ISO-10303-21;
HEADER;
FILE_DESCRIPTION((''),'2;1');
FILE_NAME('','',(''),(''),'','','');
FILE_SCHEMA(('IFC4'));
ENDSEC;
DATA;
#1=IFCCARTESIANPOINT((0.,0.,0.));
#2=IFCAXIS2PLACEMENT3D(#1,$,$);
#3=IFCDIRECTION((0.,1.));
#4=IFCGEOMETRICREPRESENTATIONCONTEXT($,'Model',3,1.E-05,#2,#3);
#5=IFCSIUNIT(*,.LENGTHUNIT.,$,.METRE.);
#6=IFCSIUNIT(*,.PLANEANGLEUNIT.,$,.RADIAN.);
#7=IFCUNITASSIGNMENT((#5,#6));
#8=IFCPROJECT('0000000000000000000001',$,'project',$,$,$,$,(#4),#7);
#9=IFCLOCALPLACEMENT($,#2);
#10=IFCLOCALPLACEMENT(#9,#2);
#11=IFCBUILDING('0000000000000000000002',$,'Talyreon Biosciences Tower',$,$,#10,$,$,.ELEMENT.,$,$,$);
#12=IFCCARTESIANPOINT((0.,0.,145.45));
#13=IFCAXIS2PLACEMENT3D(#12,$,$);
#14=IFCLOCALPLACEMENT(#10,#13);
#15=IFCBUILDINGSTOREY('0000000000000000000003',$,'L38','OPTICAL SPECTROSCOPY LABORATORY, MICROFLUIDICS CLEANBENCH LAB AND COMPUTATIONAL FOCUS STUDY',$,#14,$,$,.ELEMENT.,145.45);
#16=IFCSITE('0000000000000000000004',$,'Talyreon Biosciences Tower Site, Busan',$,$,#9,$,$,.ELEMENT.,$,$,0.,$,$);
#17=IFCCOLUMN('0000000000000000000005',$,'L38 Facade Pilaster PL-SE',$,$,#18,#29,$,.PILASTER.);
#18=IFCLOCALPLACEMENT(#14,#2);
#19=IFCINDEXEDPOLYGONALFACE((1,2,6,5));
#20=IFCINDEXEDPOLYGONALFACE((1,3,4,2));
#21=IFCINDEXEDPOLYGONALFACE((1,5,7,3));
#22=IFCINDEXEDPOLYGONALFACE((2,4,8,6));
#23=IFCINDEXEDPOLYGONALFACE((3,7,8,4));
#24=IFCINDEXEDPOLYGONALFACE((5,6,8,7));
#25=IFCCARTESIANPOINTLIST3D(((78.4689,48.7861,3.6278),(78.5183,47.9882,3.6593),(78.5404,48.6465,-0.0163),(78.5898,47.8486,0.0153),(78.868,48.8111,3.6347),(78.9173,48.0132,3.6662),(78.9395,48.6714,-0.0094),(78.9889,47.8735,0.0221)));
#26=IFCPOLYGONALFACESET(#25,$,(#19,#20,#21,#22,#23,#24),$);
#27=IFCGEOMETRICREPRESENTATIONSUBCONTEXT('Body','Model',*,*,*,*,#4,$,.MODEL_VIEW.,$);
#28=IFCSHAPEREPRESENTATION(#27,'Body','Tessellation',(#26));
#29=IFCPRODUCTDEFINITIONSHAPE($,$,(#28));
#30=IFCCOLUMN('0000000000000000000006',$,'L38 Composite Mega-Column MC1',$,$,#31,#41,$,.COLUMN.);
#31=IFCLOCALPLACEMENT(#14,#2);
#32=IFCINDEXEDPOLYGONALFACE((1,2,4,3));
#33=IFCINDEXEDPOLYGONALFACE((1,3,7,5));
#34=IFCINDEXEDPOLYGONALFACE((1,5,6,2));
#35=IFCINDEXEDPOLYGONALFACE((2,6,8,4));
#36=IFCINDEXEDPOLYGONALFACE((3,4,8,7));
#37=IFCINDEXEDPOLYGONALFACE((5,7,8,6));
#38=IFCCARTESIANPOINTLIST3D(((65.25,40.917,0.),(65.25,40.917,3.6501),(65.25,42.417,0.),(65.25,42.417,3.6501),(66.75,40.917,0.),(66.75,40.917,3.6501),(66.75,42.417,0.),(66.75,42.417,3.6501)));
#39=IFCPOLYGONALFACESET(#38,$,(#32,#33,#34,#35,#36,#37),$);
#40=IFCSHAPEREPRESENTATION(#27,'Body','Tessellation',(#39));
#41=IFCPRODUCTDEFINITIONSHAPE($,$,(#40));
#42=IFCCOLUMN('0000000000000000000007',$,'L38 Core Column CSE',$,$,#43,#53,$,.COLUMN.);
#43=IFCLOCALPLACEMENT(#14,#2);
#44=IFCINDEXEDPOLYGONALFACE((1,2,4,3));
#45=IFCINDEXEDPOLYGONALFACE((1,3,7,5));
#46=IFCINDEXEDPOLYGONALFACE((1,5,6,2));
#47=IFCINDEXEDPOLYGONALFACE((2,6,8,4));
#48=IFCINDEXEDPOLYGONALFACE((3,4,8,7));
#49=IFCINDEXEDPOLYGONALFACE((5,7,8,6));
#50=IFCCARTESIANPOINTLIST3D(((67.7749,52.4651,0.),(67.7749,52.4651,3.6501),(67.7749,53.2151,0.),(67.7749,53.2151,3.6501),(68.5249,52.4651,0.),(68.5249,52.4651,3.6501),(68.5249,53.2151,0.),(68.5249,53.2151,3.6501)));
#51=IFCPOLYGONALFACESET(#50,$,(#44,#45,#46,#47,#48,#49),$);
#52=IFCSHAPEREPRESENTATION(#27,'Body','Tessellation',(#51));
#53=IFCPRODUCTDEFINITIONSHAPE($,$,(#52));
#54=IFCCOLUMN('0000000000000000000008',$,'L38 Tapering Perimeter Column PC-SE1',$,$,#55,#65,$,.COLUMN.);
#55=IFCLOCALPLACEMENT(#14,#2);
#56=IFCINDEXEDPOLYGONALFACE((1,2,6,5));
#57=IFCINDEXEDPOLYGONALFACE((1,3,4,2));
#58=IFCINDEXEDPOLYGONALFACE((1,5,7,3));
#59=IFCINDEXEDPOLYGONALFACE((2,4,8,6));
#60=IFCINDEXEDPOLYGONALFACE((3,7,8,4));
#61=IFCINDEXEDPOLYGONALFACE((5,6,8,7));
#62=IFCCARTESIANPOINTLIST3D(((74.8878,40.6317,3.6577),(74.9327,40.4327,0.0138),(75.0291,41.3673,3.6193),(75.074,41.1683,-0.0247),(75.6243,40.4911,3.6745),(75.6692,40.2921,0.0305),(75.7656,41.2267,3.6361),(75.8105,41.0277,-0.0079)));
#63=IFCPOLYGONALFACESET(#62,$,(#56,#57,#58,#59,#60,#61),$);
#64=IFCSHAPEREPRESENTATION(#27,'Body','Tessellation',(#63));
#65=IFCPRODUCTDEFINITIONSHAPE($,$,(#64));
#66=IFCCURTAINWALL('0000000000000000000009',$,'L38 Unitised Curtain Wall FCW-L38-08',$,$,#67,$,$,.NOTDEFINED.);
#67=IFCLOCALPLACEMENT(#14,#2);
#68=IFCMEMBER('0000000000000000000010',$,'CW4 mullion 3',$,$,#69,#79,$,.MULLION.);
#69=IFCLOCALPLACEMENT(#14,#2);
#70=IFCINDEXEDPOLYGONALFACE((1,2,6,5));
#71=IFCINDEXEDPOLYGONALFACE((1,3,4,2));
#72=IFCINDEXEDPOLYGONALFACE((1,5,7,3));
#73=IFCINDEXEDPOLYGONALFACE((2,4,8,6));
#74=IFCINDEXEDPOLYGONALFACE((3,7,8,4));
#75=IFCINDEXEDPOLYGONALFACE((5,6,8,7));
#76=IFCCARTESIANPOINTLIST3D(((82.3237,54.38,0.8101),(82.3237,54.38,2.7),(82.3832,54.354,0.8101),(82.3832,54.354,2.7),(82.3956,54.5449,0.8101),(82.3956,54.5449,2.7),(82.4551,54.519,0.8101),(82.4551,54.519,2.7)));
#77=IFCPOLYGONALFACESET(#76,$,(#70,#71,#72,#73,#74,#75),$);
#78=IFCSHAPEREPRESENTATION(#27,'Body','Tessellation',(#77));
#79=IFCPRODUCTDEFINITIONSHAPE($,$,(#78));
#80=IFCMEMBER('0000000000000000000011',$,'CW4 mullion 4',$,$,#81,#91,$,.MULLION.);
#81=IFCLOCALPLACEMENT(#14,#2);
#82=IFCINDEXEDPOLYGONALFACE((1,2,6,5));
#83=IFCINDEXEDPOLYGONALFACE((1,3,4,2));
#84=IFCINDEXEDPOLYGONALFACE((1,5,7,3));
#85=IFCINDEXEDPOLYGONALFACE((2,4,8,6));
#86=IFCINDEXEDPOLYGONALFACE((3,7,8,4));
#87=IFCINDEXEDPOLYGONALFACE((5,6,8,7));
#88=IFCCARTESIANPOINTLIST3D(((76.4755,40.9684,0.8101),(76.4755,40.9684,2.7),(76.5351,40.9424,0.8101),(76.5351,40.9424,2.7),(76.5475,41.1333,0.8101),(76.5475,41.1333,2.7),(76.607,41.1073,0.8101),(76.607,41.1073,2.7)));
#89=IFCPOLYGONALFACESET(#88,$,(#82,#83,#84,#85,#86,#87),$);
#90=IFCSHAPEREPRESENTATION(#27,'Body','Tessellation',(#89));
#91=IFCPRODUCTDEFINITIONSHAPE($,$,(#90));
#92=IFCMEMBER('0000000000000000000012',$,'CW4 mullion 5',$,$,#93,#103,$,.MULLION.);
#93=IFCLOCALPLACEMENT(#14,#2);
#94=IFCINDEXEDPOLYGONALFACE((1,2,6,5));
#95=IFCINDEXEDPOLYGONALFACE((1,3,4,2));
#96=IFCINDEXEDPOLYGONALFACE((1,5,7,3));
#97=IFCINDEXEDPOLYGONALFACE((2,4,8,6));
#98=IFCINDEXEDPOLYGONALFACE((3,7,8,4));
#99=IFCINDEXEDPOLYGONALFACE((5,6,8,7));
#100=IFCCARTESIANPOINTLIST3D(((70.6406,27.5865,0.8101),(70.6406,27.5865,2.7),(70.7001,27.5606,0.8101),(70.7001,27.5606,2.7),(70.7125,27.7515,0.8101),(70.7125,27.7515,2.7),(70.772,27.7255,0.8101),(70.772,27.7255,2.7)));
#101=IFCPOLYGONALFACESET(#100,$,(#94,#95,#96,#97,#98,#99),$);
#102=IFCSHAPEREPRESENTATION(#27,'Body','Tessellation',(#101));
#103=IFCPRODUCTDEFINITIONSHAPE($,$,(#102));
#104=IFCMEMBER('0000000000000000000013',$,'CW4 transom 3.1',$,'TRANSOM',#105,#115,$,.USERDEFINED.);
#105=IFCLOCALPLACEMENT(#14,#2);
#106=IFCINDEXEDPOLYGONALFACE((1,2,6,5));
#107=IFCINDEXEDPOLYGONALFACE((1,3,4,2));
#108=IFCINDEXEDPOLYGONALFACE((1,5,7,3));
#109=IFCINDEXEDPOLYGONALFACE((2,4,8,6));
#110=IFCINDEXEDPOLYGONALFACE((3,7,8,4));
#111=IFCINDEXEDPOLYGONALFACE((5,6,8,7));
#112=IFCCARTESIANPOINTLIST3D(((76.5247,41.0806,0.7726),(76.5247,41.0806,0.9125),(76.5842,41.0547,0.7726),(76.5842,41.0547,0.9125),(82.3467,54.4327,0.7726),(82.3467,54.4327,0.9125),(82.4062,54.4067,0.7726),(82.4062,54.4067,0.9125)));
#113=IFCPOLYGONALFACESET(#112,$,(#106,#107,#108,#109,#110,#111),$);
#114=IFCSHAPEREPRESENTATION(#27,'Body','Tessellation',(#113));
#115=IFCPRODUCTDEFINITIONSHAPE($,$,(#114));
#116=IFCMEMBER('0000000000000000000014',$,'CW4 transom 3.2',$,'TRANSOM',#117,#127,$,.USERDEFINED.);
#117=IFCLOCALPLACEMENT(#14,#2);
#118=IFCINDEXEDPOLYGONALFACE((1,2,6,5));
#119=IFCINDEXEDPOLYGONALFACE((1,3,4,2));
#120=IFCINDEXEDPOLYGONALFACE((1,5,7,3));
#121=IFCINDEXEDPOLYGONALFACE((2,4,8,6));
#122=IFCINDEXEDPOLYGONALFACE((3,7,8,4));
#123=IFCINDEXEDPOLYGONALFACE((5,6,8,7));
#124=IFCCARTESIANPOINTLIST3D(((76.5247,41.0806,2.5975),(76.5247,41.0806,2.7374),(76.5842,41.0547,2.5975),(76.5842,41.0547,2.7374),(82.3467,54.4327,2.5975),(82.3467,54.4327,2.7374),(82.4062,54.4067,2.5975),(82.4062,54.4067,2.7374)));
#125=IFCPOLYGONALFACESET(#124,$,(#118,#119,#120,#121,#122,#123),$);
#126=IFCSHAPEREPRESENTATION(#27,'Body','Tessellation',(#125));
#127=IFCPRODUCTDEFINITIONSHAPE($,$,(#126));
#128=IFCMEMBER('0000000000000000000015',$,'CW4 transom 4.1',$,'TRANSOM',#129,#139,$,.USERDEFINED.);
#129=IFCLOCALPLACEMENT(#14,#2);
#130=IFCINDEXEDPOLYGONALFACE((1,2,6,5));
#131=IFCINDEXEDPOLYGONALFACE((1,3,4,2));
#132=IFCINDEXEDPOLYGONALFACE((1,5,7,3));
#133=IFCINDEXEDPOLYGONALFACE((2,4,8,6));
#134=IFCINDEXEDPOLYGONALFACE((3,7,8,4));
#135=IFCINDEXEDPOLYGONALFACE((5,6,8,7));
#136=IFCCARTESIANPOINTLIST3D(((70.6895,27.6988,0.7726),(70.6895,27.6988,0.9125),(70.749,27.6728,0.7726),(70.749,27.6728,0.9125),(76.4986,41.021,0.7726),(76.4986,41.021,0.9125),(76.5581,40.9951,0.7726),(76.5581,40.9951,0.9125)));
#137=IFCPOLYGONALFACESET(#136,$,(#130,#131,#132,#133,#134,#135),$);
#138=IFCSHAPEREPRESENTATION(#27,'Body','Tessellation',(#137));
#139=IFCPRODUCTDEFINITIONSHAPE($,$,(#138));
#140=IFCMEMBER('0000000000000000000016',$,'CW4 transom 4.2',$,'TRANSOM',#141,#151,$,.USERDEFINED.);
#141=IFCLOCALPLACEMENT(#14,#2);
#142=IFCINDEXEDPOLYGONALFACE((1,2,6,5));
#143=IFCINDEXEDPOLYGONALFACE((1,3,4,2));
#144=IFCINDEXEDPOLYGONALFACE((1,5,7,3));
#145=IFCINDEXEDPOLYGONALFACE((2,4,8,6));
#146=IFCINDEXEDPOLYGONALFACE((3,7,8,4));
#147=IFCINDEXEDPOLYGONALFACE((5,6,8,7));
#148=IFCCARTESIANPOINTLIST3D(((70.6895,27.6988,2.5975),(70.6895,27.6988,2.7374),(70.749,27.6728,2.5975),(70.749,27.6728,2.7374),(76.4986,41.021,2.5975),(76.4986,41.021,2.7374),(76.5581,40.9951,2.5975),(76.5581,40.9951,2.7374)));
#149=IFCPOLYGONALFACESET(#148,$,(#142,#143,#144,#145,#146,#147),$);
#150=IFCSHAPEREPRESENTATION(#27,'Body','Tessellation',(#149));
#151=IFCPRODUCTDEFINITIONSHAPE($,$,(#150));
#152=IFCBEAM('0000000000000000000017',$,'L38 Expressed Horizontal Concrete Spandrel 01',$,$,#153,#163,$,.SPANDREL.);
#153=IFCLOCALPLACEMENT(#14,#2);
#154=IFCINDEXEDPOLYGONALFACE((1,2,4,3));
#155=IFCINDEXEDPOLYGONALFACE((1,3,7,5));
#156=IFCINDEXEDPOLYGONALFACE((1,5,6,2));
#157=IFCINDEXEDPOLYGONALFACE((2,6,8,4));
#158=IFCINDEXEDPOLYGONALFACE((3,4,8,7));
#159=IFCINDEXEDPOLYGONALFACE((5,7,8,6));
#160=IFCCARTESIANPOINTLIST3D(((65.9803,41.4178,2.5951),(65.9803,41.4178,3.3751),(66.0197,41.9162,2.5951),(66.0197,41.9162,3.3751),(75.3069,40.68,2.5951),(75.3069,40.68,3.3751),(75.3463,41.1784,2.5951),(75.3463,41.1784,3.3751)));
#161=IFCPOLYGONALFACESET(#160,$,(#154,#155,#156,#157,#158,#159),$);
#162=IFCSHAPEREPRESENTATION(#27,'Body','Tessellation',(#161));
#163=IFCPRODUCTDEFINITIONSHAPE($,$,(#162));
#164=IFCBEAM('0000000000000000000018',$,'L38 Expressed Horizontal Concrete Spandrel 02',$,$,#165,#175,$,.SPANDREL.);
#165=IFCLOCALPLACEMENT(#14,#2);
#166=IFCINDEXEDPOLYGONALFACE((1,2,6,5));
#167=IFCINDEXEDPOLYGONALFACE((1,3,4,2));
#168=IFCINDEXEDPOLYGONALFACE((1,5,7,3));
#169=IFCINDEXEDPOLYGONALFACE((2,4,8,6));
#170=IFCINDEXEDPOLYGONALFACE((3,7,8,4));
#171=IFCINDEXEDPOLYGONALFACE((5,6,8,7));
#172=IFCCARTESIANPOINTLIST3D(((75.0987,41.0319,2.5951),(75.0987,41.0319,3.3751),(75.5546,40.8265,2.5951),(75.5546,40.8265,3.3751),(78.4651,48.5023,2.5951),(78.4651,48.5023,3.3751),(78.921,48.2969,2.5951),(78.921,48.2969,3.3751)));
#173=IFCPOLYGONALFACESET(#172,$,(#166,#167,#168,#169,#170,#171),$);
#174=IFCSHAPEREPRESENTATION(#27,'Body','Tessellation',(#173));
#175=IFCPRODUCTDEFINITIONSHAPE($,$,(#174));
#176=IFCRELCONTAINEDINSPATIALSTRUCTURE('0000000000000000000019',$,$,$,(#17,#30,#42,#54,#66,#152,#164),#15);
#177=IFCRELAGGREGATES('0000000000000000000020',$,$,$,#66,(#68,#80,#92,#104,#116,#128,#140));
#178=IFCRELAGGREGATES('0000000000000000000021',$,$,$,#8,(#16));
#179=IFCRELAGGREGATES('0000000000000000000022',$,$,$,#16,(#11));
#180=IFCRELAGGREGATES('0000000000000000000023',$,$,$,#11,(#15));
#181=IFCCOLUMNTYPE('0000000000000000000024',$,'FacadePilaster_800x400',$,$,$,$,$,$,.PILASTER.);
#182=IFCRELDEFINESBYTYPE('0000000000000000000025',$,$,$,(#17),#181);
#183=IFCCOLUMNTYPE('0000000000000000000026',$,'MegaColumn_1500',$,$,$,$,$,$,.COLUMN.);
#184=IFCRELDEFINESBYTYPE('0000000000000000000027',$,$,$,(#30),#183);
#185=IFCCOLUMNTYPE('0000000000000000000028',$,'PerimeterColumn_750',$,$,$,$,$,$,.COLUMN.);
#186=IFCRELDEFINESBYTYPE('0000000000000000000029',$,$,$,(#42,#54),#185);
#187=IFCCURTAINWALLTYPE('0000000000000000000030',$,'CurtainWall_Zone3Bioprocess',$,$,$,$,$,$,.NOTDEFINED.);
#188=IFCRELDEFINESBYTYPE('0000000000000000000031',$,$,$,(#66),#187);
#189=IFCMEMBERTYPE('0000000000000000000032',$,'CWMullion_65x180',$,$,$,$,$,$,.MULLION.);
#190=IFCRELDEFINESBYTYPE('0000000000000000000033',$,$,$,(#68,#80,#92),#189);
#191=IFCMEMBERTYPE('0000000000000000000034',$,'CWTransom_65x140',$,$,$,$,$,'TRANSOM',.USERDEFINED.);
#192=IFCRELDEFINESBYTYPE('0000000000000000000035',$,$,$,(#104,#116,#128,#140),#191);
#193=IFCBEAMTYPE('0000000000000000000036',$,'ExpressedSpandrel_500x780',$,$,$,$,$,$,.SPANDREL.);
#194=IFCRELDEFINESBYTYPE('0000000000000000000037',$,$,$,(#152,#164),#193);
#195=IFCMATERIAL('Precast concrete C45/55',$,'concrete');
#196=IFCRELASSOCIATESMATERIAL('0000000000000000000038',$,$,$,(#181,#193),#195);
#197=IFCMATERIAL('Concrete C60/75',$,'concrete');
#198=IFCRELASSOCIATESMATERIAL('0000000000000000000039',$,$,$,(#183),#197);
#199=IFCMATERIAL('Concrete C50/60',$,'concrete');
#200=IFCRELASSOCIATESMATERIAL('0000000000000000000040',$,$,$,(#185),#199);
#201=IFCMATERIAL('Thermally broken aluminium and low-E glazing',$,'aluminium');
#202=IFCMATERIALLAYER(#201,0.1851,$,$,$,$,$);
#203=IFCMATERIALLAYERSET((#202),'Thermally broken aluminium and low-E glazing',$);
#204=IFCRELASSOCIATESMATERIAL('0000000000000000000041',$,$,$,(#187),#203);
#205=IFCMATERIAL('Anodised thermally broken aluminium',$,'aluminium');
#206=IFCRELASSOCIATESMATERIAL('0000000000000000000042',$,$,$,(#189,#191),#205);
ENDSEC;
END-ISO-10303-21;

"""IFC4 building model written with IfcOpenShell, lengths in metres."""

from ifc_helpers import new_model, si_unit, direction, frame, origin, origin_2d, place, context, subcontext, project, spatial, rectangle, extrude, material, layer, layer_set, material_profile, profile_set, type_object, element, aggregate, save


model = new_model("IFC4")

# Units and contexts
model_context = context("Model", 3, precision=1e-05, world=origin(), true_north=direction((0.0, 1.0)))
body_context = subcontext(model_context, "Body", "Model", "MODEL_VIEW")
ifc_project = project(units=[si_unit("LENGTHUNIT", "METRE"), si_unit("PLANEANGLEUNIT", "RADIAN")], contexts=[model_context])

# Site, building, storey
site_placement = place(None, origin())
site = spatial("IfcSite", under=ifc_project, at=site_placement, Name="Talyreon Biosciences Tower Site, Busan", CompositionType="ELEMENT", RefElevation=0.0)
building_placement = place(site_placement, origin())
building = spatial("IfcBuilding", under=site, at=building_placement, Name="Talyreon Biosciences Tower", CompositionType="ELEMENT")
storey_placement = place(building_placement, frame((0.0, 0.0, 145.45)))
storey = spatial("IfcBuildingStorey", under=building, at=storey_placement, Name="L38", Description="OPTICAL SPECTROSCOPY LABORATORY, MICROFLUIDICS CLEANBENCH LAB AND COMPUTATIONAL FOCUS STUDY", CompositionType="ELEMENT", Elevation=145.45)

# Columns
ifc_material_1 = material(Name="Precast concrete C45/55", Category="concrete")
ifc_material_profile_1 = material_profile(ifc_material_1, rectangle(XDim=0.8, YDim=0.3999, at=origin_2d()), Name="RC 800x400")
ifc_profile_set_1 = profile_set([ifc_material_profile_1], Name="Precast concrete C45/55")
column_type_1 = type_object("IfcColumnType", Name="FacadePilaster_800x400", PredefinedType="PILASTER", material=ifc_profile_set_1)
column_1_placement = place(storey_placement, frame((78.7646, 48.26, 0.0029), z_axis=(-0.019612, 0.038287, 0.999074), x_axis=(0.061711, -0.997315, 0.039431)))
element("IfcColumn", 1, at=column_1_placement, inside=storey, type_object=column_type_1, Name="L38 Facade Pilaster PL-SE", PredefinedType="PILASTER", context=body_context, shape_type="SweptSolid", body=[
    extrude(rectangle(XDim=0.8, YDim=0.3999, at=origin_2d()), origin(), (0.0, 0.0, 1.0), 3.6475),
])
ifc_material_2 = material(Name="Concrete C60/75", Category="concrete")
ifc_material_profile_2 = material_profile(ifc_material_2, rectangle(XDim=1.5, YDim=1.5, at=origin_2d()), Name="RC 1500x1500")
ifc_profile_set_2 = profile_set([ifc_material_profile_2], Name="Concrete C60/75")
column_type_2 = type_object("IfcColumnType", Name="MegaColumn_1500", PredefinedType="COLUMN", material=ifc_profile_set_2)
column_2_placement = place(storey_placement, frame((66.0, 41.667, 0.0), z_axis=(0.0, 0.0, 1.0), x_axis=(1.0, 0.0, 0.0)))
element("IfcColumn", 2, at=column_2_placement, inside=storey, type_object=column_type_2, Name="L38 Composite Mega-Column MC1", PredefinedType="COLUMN", context=body_context, shape_type="SweptSolid", body=[
    extrude(rectangle(XDim=1.5, YDim=1.5, at=origin_2d()), origin(), (0.0, 0.0, 1.0), 3.6501),
])
ifc_material_3 = material(Name="Concrete C50/60", Category="concrete")
ifc_material_profile_3 = material_profile(ifc_material_3, rectangle(XDim=0.75, YDim=0.75, at=origin_2d()), Name="RC 750x750")
ifc_profile_set_3 = profile_set([ifc_material_profile_3], Name="Concrete C50/60")
column_type_3 = type_object("IfcColumnType", Name="PerimeterColumn_750", PredefinedType="COLUMN", material=ifc_profile_set_3)
column_3_placement = place(storey_placement, frame((68.1499, 52.8401, 0.0), z_axis=(0.0, 0.0, 1.0), x_axis=(1.0, 0.0, 0.0)))
element("IfcColumn", 3, at=column_3_placement, inside=storey, type_object=column_type_3, Name="L38 Core Column CSE", PredefinedType="COLUMN", context=body_context, shape_type="SweptSolid", body=[
    extrude(rectangle(XDim=0.75, YDim=0.75, at=origin_2d()), origin(), (0.0, 0.0, 1.0), 3.6501),
])
column_4_placement = place(storey_placement, frame((75.3716, 40.7302, 0.0029), z_axis=(-0.012308, 0.054517, 0.998437), x_axis=(-0.188396, -0.980756, 0.051229)))
element("IfcColumn", 4, at=column_4_placement, inside=storey, type_object=column_type_3, Name="L38 Tapering Perimeter Column PC-SE1", PredefinedType="COLUMN", context=body_context, shape_type="SweptSolid", body=[
    extrude(rectangle(XDim=0.75, YDim=0.75, at=origin_2d()), origin(), (0.0, 0.0, 1.0), 3.6497),
])

# Curtain wall, members
ifc_material_4 = material(Name="Thermally broken aluminium and low-E glazing", Category="aluminium")
ifc_layer_1 = layer(ifc_material_4, 0.1851)
ifc_layer_set_1 = layer_set([ifc_layer_1], Name="Thermally broken aluminium and low-E glazing")
curtain_wall_type = type_object("IfcCurtainWallType", Name="CurtainWall_Zone3Bioprocess", PredefinedType="NOTDEFINED", material=ifc_layer_set_1)
curtain_wall_placement = place(storey_placement, origin())
curtain_wall = element("IfcCurtainWall", 5, at=curtain_wall_placement, inside=storey, type_object=curtain_wall_type, Name="L38 Unitised Curtain Wall FCW-L38-08", PredefinedType="NOTDEFINED")
ifc_material_5 = material(Name="Anodised thermally broken aluminium", Category="aluminium")
ifc_material_profile_4 = material_profile(ifc_material_5, rectangle(XDim=0.0649, YDim=0.1799, at=origin_2d()), Name="ALUM MULLION 65x180")
ifc_profile_set_4 = profile_set([ifc_material_profile_4], Name="Anodised thermally broken aluminium")
member_type_1 = type_object("IfcMemberType", Name="CWMullion_65x180", PredefinedType="MULLION", material=ifc_profile_set_4)
member_1_placement = place(storey_placement, frame((82.3894, 54.4495, 0.8101), z_axis=(0.0, 0.0, 1.0), x_axis=(0.916647, -0.399698, 0.0)))
member_1 = element("IfcMember", 6, at=member_1_placement, type_object=member_type_1, Name="CW4 mullion 3", PredefinedType="MULLION", context=body_context, shape_type="SweptSolid", body=[
    extrude(rectangle(XDim=0.0649, YDim=0.1799, at=origin_2d()), origin(), (0.0, 0.0, 1.0), 1.8899),
])
member_2_placement = place(storey_placement, frame((76.5413, 41.0378, 0.8101), z_axis=(0.0, 0.0, 1.0), x_axis=(0.916647, -0.399698, 0.0)))
member_2 = element("IfcMember", 7, at=member_2_placement, type_object=member_type_1, Name="CW4 mullion 4", PredefinedType="MULLION", context=body_context, shape_type="SweptSolid", body=[
    extrude(rectangle(XDim=0.0649, YDim=0.1799, at=origin_2d()), origin(), (0.0, 0.0, 1.0), 1.8899),
])
member_3_placement = place(storey_placement, frame((70.7063, 27.656, 0.8101), z_axis=(0.0, 0.0, 1.0), x_axis=(0.916647, -0.399698, 0.0)))
member_3 = element("IfcMember", 8, at=member_3_placement, type_object=member_type_1, Name="CW4 mullion 5", PredefinedType="MULLION", context=body_context, shape_type="SweptSolid", body=[
    extrude(rectangle(XDim=0.0649, YDim=0.1799, at=origin_2d()), origin(), (0.0, 0.0, 1.0), 1.8899),
])
ifc_material_profile_5 = material_profile(ifc_material_5, rectangle(XDim=0.0649, YDim=0.1399, at=origin_2d()), Name="ALUM TRANSOM 65x140")
ifc_profile_set_5 = profile_set([ifc_material_profile_5], Name="Anodised thermally broken aluminium")
member_type_2 = type_object("IfcMemberType", Name="CWTransom_65x140", ElementType="TRANSOM", PredefinedType="USERDEFINED", material=ifc_profile_set_5)
member_4_placement = place(storey_placement, frame((82.3765, 54.4197, 0.8425), z_axis=(-0.399695, -0.916648, 0.0), x_axis=(0.916648, -0.399695, 0.0)))
member_4 = element("IfcMember", 9, at=member_4_placement, type_object=member_type_2, Name="CW4 transom 3.1", ObjectType="TRANSOM", PredefinedType="USERDEFINED", context=body_context, shape_type="SweptSolid", body=[
    extrude(rectangle(XDim=0.0649, YDim=0.1399, at=origin_2d()), origin(), (0.0, 0.0, 1.0), 14.5662),
])
member_5_placement = place(storey_placement, frame((82.3765, 54.4197, 2.6675), z_axis=(-0.399695, -0.916648, 0.0), x_axis=(0.916648, -0.399695, 0.0)))
member_5 = element("IfcMember", 10, at=member_5_placement, type_object=member_type_2, Name="CW4 transom 3.2", ObjectType="TRANSOM", PredefinedType="USERDEFINED", context=body_context, shape_type="SweptSolid", body=[
    extrude(rectangle(XDim=0.0649, YDim=0.1399, at=origin_2d()), origin(), (0.0, 0.0, 1.0), 14.5662),
])
member_6_placement = place(storey_placement, frame((76.5283, 41.0081, 0.8425), z_axis=(-0.399698, -0.916647, 0.0), x_axis=(0.916647, -0.399698, 0.0)))
member_6 = element("IfcMember", 11, at=member_6_placement, type_object=member_type_2, Name="CW4 transom 4.1", ObjectType="TRANSOM", PredefinedType="USERDEFINED", context=body_context, shape_type="SweptSolid", body=[
    extrude(rectangle(XDim=0.0649, YDim=0.1399, at=origin_2d()), origin(), (0.0, 0.0, 1.0), 14.5337),
])
member_7_placement = place(storey_placement, frame((76.5283, 41.0081, 2.6675), z_axis=(-0.399698, -0.916647, 0.0), x_axis=(0.916647, -0.399698, 0.0)))
member_7 = element("IfcMember", 12, at=member_7_placement, type_object=member_type_2, Name="CW4 transom 4.2", ObjectType="TRANSOM", PredefinedType="USERDEFINED", context=body_context, shape_type="SweptSolid", body=[
    extrude(rectangle(XDim=0.0649, YDim=0.1399, at=origin_2d()), origin(), (0.0, 0.0, 1.0), 14.5337),
])

# Beams
ifc_material_profile_6 = material_profile(ifc_material_1, rectangle(XDim=0.5, YDim=0.78, at=origin_2d()), Name="RCB 500x780")
ifc_profile_set_6 = profile_set([ifc_material_profile_6], Name="Precast concrete C45/55")
beam_type_1 = type_object("IfcBeamType", Name="ExpressedSpandrel_500x780", PredefinedType="SPANDREL", material=ifc_profile_set_6)
beam_1_placement = place(storey_placement, frame((66.0, 41.667, 2.9851), z_axis=(0.996886, -0.078859, 0.0), x_axis=(0.078859, 0.996886, 0.0)))
element("IfcBeam", 13, at=beam_1_placement, inside=storey, type_object=beam_type_1, Name="L38 Expressed Horizontal Concrete Spandrel 01", PredefinedType="SPANDREL", context=body_context, shape_type="SweptSolid", body=[
    extrude(rectangle(XDim=0.5, YDim=0.78, at=origin_2d()), origin(), (0.0, 0.0, 1.0), 9.3557),
])
beam_2_placement = place(storey_placement, frame((75.3267, 40.9292, 2.9851), z_axis=(0.410847, 0.911705, 0.0), x_axis=(-0.911705, 0.410847, 0.0)))
element("IfcBeam", 14, at=beam_2_placement, inside=storey, type_object=beam_type_1, Name="L38 Expressed Horizontal Concrete Spandrel 02", PredefinedType="SPANDREL", context=body_context, shape_type="SweptSolid", body=[
    extrude(rectangle(XDim=0.5, YDim=0.78, at=origin_2d()), origin(), (0.0, 0.0, 1.0), 8.1938),
])

aggregate(curtain_wall, [member_1, member_2, member_3, member_4, member_5, member_6, member_7])

save(model, "model.ifc")
